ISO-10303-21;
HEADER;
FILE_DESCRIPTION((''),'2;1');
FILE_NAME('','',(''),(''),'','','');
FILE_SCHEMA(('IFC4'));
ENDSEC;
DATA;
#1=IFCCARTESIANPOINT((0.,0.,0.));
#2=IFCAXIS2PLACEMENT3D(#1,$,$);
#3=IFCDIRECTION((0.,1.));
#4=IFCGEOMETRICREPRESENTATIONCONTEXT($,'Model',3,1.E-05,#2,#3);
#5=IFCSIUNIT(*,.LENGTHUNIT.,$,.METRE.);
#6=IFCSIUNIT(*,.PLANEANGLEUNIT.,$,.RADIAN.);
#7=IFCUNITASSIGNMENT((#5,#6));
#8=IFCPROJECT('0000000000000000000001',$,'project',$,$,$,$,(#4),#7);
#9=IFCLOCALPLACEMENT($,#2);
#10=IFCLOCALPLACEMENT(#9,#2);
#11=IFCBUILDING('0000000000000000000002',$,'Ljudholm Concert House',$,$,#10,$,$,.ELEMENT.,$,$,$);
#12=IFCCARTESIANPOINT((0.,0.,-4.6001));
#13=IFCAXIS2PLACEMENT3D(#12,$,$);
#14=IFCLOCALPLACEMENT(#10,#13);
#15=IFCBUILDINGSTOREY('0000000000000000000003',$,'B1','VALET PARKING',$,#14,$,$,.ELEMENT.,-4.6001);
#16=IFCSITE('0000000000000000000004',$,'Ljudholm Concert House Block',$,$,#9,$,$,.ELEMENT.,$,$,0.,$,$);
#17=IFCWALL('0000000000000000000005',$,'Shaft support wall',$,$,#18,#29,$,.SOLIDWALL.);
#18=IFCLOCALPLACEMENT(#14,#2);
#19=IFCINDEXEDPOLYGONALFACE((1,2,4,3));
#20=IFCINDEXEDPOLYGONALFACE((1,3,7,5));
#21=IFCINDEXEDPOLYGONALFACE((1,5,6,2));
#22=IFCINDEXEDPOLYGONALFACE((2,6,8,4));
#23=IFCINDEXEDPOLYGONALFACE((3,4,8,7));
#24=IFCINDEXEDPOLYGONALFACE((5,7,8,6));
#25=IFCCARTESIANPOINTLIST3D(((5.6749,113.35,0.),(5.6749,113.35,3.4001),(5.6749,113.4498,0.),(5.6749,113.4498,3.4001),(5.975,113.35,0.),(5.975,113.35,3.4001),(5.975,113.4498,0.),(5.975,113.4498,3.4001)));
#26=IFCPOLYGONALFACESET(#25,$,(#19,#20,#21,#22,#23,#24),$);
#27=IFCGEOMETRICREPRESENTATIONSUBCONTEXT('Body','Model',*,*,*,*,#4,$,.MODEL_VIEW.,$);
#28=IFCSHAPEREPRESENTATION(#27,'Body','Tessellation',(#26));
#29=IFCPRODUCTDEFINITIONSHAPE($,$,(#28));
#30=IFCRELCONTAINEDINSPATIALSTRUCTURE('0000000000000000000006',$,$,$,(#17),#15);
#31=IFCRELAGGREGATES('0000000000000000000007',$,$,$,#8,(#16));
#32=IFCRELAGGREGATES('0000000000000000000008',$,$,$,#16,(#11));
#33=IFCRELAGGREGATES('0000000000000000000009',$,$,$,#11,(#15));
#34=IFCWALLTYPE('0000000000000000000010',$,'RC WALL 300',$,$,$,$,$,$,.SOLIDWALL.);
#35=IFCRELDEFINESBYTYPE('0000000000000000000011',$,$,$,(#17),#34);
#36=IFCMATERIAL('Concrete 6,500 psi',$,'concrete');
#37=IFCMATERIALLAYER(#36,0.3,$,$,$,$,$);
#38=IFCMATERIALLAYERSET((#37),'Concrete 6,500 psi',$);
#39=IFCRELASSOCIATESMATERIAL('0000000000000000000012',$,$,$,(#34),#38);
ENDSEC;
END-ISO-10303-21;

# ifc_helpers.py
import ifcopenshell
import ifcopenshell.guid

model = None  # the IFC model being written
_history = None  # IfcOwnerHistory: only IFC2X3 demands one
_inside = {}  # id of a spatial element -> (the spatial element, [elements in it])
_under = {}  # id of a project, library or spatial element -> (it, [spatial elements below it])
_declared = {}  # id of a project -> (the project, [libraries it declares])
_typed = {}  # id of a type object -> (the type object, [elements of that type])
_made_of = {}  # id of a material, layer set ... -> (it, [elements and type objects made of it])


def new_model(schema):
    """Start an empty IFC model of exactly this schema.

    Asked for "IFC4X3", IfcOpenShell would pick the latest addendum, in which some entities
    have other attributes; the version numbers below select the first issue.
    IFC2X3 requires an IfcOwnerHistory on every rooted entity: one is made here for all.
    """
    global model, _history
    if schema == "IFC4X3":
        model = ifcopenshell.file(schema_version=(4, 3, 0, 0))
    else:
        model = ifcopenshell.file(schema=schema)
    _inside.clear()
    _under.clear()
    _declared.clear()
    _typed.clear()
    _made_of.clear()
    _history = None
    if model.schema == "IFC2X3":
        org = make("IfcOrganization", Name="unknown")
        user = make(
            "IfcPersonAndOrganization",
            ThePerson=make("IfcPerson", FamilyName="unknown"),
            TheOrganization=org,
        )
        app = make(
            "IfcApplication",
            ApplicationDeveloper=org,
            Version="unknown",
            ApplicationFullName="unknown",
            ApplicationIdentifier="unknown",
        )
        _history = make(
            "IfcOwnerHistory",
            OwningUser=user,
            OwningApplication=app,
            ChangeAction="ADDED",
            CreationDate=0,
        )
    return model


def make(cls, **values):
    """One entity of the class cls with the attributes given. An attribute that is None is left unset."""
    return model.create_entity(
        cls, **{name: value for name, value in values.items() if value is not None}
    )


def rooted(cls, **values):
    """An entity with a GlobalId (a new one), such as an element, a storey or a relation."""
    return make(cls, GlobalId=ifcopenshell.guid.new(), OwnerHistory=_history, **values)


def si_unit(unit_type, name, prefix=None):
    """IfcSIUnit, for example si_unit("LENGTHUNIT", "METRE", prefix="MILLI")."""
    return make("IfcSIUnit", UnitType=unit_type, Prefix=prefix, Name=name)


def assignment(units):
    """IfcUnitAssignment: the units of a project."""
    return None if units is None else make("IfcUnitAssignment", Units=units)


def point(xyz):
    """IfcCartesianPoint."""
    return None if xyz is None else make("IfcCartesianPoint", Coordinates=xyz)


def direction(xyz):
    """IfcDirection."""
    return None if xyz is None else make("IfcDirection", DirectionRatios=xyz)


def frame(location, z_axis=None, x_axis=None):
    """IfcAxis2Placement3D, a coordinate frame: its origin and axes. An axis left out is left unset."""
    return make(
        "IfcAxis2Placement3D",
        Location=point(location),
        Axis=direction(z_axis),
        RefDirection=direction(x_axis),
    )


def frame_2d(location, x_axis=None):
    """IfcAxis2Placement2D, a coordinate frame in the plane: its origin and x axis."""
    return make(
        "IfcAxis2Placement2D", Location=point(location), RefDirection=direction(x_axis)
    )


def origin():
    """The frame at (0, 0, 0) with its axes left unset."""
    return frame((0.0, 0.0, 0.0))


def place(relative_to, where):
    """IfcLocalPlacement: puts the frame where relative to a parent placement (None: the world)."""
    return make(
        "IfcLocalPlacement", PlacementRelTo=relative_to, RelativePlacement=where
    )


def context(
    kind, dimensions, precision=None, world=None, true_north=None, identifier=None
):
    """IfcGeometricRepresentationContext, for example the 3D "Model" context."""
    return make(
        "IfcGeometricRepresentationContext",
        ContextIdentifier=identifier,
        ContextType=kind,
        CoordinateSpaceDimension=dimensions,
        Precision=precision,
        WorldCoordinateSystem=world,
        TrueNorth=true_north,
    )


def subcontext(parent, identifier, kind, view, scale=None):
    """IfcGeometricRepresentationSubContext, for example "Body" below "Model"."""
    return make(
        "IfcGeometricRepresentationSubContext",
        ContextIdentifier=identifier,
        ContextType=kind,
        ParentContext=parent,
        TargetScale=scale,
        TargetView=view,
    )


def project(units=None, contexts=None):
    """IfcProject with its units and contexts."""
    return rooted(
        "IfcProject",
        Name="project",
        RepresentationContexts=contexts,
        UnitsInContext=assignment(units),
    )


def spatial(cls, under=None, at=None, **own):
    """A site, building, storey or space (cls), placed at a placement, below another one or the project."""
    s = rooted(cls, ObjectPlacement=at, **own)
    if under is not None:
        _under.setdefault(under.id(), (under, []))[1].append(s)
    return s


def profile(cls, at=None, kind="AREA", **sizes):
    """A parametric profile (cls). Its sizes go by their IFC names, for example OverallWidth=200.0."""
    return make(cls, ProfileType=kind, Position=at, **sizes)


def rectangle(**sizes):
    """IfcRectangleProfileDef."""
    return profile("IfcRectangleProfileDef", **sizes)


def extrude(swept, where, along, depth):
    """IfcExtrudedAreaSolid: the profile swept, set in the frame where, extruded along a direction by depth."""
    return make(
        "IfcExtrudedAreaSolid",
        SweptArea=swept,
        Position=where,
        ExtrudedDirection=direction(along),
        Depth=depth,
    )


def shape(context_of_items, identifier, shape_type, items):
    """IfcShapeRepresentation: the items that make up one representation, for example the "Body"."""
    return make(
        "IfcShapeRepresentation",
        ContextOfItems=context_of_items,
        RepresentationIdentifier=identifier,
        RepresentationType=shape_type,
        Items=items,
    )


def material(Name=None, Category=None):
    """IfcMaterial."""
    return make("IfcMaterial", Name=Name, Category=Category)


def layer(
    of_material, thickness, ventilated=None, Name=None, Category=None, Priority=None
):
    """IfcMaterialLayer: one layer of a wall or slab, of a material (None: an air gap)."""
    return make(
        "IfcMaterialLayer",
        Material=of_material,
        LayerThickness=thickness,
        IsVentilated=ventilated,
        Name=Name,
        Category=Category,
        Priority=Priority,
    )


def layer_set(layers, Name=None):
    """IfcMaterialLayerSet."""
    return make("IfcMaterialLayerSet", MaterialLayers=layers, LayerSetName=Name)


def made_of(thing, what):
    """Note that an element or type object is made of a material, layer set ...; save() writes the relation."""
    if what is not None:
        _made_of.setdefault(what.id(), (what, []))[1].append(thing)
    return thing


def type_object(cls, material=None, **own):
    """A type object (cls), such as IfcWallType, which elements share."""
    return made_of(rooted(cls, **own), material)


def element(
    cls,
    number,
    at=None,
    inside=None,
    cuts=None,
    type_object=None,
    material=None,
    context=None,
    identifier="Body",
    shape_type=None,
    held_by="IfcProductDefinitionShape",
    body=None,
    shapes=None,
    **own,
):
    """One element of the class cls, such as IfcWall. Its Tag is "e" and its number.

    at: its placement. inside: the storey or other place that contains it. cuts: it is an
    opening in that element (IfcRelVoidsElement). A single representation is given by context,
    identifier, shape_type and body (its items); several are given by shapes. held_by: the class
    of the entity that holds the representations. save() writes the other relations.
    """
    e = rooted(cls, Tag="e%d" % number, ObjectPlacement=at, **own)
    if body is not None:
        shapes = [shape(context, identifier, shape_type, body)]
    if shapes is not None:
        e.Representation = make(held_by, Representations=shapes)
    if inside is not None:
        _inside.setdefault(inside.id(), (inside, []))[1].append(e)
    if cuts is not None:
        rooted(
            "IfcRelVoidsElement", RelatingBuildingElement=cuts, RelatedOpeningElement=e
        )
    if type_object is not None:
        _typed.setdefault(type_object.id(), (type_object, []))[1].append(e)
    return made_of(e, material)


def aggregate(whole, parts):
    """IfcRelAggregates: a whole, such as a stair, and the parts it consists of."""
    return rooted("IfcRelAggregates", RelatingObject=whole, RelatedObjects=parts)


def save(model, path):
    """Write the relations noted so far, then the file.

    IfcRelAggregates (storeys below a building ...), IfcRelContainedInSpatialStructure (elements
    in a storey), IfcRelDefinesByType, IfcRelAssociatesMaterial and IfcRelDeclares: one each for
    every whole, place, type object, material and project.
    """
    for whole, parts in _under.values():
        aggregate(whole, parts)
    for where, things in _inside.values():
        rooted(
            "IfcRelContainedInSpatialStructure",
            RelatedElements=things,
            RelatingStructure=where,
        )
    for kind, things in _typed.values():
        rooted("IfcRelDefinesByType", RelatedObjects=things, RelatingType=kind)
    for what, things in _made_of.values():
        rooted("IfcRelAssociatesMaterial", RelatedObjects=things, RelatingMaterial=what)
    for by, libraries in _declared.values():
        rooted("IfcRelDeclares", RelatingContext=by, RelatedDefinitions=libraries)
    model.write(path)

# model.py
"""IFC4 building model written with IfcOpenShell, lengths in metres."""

from ifc_helpers import new_model, si_unit, direction, frame, frame_2d, origin, place, context, subcontext, project, spatial, rectangle, extrude, material, layer, layer_set, type_object, element, save


model = new_model("IFC4")

# Units and contexts
model_context = context("Model", 3, precision=1e-05, world=origin(), true_north=direction((0.0, 1.0)))
body_context = subcontext(model_context, "Body", "Model", "MODEL_VIEW")
ifc_project = project(units=[si_unit("LENGTHUNIT", "METRE"), si_unit("PLANEANGLEUNIT", "RADIAN")], contexts=[model_context])

# Site, building, storey
site_placement = place(None, origin())
site = spatial("IfcSite", under=ifc_project, at=site_placement, Name="Ljudholm Concert House Block", CompositionType="ELEMENT", RefElevation=0.0)
building_placement = place(site_placement, origin())
building = spatial("IfcBuilding", under=site, at=building_placement, Name="Ljudholm Concert House", CompositionType="ELEMENT")
storey_placement = place(building_placement, frame((0.0, 0.0, -4.6001)))
storey = spatial("IfcBuildingStorey", under=building, at=storey_placement, Name="B1", Description="VALET PARKING", CompositionType="ELEMENT", Elevation=-4.6001)

# Wall
ifc_material_1 = material(Name="Concrete 6,500 psi", Category="concrete")
ifc_layer = layer(ifc_material_1, 0.3)
ifc_layer_set = layer_set([ifc_layer], Name="Concrete 6,500 psi")
wall_type = type_object("IfcWallType", Name="RC WALL 300", PredefinedType="SOLIDWALL", material=ifc_layer_set)
wall_1_placement = place(storey_placement, frame((5.825, 113.3501, 0.0), z_axis=(0.0, 0.0, 1.0), x_axis=(0.0, 1.0, 0.0)))
element("IfcWall", 1, at=wall_1_placement, inside=storey, type_object=wall_type, Name="Shaft support wall", PredefinedType="SOLIDWALL", context=body_context, shape_type="SweptSolid", body=[
    extrude(rectangle(XDim=0.0999, YDim=0.3, at=frame_2d((0.0498, 0.0))), origin(), (0.0, 0.0, 1.0), 3.4001),
])

save(model, "model.ifc")
